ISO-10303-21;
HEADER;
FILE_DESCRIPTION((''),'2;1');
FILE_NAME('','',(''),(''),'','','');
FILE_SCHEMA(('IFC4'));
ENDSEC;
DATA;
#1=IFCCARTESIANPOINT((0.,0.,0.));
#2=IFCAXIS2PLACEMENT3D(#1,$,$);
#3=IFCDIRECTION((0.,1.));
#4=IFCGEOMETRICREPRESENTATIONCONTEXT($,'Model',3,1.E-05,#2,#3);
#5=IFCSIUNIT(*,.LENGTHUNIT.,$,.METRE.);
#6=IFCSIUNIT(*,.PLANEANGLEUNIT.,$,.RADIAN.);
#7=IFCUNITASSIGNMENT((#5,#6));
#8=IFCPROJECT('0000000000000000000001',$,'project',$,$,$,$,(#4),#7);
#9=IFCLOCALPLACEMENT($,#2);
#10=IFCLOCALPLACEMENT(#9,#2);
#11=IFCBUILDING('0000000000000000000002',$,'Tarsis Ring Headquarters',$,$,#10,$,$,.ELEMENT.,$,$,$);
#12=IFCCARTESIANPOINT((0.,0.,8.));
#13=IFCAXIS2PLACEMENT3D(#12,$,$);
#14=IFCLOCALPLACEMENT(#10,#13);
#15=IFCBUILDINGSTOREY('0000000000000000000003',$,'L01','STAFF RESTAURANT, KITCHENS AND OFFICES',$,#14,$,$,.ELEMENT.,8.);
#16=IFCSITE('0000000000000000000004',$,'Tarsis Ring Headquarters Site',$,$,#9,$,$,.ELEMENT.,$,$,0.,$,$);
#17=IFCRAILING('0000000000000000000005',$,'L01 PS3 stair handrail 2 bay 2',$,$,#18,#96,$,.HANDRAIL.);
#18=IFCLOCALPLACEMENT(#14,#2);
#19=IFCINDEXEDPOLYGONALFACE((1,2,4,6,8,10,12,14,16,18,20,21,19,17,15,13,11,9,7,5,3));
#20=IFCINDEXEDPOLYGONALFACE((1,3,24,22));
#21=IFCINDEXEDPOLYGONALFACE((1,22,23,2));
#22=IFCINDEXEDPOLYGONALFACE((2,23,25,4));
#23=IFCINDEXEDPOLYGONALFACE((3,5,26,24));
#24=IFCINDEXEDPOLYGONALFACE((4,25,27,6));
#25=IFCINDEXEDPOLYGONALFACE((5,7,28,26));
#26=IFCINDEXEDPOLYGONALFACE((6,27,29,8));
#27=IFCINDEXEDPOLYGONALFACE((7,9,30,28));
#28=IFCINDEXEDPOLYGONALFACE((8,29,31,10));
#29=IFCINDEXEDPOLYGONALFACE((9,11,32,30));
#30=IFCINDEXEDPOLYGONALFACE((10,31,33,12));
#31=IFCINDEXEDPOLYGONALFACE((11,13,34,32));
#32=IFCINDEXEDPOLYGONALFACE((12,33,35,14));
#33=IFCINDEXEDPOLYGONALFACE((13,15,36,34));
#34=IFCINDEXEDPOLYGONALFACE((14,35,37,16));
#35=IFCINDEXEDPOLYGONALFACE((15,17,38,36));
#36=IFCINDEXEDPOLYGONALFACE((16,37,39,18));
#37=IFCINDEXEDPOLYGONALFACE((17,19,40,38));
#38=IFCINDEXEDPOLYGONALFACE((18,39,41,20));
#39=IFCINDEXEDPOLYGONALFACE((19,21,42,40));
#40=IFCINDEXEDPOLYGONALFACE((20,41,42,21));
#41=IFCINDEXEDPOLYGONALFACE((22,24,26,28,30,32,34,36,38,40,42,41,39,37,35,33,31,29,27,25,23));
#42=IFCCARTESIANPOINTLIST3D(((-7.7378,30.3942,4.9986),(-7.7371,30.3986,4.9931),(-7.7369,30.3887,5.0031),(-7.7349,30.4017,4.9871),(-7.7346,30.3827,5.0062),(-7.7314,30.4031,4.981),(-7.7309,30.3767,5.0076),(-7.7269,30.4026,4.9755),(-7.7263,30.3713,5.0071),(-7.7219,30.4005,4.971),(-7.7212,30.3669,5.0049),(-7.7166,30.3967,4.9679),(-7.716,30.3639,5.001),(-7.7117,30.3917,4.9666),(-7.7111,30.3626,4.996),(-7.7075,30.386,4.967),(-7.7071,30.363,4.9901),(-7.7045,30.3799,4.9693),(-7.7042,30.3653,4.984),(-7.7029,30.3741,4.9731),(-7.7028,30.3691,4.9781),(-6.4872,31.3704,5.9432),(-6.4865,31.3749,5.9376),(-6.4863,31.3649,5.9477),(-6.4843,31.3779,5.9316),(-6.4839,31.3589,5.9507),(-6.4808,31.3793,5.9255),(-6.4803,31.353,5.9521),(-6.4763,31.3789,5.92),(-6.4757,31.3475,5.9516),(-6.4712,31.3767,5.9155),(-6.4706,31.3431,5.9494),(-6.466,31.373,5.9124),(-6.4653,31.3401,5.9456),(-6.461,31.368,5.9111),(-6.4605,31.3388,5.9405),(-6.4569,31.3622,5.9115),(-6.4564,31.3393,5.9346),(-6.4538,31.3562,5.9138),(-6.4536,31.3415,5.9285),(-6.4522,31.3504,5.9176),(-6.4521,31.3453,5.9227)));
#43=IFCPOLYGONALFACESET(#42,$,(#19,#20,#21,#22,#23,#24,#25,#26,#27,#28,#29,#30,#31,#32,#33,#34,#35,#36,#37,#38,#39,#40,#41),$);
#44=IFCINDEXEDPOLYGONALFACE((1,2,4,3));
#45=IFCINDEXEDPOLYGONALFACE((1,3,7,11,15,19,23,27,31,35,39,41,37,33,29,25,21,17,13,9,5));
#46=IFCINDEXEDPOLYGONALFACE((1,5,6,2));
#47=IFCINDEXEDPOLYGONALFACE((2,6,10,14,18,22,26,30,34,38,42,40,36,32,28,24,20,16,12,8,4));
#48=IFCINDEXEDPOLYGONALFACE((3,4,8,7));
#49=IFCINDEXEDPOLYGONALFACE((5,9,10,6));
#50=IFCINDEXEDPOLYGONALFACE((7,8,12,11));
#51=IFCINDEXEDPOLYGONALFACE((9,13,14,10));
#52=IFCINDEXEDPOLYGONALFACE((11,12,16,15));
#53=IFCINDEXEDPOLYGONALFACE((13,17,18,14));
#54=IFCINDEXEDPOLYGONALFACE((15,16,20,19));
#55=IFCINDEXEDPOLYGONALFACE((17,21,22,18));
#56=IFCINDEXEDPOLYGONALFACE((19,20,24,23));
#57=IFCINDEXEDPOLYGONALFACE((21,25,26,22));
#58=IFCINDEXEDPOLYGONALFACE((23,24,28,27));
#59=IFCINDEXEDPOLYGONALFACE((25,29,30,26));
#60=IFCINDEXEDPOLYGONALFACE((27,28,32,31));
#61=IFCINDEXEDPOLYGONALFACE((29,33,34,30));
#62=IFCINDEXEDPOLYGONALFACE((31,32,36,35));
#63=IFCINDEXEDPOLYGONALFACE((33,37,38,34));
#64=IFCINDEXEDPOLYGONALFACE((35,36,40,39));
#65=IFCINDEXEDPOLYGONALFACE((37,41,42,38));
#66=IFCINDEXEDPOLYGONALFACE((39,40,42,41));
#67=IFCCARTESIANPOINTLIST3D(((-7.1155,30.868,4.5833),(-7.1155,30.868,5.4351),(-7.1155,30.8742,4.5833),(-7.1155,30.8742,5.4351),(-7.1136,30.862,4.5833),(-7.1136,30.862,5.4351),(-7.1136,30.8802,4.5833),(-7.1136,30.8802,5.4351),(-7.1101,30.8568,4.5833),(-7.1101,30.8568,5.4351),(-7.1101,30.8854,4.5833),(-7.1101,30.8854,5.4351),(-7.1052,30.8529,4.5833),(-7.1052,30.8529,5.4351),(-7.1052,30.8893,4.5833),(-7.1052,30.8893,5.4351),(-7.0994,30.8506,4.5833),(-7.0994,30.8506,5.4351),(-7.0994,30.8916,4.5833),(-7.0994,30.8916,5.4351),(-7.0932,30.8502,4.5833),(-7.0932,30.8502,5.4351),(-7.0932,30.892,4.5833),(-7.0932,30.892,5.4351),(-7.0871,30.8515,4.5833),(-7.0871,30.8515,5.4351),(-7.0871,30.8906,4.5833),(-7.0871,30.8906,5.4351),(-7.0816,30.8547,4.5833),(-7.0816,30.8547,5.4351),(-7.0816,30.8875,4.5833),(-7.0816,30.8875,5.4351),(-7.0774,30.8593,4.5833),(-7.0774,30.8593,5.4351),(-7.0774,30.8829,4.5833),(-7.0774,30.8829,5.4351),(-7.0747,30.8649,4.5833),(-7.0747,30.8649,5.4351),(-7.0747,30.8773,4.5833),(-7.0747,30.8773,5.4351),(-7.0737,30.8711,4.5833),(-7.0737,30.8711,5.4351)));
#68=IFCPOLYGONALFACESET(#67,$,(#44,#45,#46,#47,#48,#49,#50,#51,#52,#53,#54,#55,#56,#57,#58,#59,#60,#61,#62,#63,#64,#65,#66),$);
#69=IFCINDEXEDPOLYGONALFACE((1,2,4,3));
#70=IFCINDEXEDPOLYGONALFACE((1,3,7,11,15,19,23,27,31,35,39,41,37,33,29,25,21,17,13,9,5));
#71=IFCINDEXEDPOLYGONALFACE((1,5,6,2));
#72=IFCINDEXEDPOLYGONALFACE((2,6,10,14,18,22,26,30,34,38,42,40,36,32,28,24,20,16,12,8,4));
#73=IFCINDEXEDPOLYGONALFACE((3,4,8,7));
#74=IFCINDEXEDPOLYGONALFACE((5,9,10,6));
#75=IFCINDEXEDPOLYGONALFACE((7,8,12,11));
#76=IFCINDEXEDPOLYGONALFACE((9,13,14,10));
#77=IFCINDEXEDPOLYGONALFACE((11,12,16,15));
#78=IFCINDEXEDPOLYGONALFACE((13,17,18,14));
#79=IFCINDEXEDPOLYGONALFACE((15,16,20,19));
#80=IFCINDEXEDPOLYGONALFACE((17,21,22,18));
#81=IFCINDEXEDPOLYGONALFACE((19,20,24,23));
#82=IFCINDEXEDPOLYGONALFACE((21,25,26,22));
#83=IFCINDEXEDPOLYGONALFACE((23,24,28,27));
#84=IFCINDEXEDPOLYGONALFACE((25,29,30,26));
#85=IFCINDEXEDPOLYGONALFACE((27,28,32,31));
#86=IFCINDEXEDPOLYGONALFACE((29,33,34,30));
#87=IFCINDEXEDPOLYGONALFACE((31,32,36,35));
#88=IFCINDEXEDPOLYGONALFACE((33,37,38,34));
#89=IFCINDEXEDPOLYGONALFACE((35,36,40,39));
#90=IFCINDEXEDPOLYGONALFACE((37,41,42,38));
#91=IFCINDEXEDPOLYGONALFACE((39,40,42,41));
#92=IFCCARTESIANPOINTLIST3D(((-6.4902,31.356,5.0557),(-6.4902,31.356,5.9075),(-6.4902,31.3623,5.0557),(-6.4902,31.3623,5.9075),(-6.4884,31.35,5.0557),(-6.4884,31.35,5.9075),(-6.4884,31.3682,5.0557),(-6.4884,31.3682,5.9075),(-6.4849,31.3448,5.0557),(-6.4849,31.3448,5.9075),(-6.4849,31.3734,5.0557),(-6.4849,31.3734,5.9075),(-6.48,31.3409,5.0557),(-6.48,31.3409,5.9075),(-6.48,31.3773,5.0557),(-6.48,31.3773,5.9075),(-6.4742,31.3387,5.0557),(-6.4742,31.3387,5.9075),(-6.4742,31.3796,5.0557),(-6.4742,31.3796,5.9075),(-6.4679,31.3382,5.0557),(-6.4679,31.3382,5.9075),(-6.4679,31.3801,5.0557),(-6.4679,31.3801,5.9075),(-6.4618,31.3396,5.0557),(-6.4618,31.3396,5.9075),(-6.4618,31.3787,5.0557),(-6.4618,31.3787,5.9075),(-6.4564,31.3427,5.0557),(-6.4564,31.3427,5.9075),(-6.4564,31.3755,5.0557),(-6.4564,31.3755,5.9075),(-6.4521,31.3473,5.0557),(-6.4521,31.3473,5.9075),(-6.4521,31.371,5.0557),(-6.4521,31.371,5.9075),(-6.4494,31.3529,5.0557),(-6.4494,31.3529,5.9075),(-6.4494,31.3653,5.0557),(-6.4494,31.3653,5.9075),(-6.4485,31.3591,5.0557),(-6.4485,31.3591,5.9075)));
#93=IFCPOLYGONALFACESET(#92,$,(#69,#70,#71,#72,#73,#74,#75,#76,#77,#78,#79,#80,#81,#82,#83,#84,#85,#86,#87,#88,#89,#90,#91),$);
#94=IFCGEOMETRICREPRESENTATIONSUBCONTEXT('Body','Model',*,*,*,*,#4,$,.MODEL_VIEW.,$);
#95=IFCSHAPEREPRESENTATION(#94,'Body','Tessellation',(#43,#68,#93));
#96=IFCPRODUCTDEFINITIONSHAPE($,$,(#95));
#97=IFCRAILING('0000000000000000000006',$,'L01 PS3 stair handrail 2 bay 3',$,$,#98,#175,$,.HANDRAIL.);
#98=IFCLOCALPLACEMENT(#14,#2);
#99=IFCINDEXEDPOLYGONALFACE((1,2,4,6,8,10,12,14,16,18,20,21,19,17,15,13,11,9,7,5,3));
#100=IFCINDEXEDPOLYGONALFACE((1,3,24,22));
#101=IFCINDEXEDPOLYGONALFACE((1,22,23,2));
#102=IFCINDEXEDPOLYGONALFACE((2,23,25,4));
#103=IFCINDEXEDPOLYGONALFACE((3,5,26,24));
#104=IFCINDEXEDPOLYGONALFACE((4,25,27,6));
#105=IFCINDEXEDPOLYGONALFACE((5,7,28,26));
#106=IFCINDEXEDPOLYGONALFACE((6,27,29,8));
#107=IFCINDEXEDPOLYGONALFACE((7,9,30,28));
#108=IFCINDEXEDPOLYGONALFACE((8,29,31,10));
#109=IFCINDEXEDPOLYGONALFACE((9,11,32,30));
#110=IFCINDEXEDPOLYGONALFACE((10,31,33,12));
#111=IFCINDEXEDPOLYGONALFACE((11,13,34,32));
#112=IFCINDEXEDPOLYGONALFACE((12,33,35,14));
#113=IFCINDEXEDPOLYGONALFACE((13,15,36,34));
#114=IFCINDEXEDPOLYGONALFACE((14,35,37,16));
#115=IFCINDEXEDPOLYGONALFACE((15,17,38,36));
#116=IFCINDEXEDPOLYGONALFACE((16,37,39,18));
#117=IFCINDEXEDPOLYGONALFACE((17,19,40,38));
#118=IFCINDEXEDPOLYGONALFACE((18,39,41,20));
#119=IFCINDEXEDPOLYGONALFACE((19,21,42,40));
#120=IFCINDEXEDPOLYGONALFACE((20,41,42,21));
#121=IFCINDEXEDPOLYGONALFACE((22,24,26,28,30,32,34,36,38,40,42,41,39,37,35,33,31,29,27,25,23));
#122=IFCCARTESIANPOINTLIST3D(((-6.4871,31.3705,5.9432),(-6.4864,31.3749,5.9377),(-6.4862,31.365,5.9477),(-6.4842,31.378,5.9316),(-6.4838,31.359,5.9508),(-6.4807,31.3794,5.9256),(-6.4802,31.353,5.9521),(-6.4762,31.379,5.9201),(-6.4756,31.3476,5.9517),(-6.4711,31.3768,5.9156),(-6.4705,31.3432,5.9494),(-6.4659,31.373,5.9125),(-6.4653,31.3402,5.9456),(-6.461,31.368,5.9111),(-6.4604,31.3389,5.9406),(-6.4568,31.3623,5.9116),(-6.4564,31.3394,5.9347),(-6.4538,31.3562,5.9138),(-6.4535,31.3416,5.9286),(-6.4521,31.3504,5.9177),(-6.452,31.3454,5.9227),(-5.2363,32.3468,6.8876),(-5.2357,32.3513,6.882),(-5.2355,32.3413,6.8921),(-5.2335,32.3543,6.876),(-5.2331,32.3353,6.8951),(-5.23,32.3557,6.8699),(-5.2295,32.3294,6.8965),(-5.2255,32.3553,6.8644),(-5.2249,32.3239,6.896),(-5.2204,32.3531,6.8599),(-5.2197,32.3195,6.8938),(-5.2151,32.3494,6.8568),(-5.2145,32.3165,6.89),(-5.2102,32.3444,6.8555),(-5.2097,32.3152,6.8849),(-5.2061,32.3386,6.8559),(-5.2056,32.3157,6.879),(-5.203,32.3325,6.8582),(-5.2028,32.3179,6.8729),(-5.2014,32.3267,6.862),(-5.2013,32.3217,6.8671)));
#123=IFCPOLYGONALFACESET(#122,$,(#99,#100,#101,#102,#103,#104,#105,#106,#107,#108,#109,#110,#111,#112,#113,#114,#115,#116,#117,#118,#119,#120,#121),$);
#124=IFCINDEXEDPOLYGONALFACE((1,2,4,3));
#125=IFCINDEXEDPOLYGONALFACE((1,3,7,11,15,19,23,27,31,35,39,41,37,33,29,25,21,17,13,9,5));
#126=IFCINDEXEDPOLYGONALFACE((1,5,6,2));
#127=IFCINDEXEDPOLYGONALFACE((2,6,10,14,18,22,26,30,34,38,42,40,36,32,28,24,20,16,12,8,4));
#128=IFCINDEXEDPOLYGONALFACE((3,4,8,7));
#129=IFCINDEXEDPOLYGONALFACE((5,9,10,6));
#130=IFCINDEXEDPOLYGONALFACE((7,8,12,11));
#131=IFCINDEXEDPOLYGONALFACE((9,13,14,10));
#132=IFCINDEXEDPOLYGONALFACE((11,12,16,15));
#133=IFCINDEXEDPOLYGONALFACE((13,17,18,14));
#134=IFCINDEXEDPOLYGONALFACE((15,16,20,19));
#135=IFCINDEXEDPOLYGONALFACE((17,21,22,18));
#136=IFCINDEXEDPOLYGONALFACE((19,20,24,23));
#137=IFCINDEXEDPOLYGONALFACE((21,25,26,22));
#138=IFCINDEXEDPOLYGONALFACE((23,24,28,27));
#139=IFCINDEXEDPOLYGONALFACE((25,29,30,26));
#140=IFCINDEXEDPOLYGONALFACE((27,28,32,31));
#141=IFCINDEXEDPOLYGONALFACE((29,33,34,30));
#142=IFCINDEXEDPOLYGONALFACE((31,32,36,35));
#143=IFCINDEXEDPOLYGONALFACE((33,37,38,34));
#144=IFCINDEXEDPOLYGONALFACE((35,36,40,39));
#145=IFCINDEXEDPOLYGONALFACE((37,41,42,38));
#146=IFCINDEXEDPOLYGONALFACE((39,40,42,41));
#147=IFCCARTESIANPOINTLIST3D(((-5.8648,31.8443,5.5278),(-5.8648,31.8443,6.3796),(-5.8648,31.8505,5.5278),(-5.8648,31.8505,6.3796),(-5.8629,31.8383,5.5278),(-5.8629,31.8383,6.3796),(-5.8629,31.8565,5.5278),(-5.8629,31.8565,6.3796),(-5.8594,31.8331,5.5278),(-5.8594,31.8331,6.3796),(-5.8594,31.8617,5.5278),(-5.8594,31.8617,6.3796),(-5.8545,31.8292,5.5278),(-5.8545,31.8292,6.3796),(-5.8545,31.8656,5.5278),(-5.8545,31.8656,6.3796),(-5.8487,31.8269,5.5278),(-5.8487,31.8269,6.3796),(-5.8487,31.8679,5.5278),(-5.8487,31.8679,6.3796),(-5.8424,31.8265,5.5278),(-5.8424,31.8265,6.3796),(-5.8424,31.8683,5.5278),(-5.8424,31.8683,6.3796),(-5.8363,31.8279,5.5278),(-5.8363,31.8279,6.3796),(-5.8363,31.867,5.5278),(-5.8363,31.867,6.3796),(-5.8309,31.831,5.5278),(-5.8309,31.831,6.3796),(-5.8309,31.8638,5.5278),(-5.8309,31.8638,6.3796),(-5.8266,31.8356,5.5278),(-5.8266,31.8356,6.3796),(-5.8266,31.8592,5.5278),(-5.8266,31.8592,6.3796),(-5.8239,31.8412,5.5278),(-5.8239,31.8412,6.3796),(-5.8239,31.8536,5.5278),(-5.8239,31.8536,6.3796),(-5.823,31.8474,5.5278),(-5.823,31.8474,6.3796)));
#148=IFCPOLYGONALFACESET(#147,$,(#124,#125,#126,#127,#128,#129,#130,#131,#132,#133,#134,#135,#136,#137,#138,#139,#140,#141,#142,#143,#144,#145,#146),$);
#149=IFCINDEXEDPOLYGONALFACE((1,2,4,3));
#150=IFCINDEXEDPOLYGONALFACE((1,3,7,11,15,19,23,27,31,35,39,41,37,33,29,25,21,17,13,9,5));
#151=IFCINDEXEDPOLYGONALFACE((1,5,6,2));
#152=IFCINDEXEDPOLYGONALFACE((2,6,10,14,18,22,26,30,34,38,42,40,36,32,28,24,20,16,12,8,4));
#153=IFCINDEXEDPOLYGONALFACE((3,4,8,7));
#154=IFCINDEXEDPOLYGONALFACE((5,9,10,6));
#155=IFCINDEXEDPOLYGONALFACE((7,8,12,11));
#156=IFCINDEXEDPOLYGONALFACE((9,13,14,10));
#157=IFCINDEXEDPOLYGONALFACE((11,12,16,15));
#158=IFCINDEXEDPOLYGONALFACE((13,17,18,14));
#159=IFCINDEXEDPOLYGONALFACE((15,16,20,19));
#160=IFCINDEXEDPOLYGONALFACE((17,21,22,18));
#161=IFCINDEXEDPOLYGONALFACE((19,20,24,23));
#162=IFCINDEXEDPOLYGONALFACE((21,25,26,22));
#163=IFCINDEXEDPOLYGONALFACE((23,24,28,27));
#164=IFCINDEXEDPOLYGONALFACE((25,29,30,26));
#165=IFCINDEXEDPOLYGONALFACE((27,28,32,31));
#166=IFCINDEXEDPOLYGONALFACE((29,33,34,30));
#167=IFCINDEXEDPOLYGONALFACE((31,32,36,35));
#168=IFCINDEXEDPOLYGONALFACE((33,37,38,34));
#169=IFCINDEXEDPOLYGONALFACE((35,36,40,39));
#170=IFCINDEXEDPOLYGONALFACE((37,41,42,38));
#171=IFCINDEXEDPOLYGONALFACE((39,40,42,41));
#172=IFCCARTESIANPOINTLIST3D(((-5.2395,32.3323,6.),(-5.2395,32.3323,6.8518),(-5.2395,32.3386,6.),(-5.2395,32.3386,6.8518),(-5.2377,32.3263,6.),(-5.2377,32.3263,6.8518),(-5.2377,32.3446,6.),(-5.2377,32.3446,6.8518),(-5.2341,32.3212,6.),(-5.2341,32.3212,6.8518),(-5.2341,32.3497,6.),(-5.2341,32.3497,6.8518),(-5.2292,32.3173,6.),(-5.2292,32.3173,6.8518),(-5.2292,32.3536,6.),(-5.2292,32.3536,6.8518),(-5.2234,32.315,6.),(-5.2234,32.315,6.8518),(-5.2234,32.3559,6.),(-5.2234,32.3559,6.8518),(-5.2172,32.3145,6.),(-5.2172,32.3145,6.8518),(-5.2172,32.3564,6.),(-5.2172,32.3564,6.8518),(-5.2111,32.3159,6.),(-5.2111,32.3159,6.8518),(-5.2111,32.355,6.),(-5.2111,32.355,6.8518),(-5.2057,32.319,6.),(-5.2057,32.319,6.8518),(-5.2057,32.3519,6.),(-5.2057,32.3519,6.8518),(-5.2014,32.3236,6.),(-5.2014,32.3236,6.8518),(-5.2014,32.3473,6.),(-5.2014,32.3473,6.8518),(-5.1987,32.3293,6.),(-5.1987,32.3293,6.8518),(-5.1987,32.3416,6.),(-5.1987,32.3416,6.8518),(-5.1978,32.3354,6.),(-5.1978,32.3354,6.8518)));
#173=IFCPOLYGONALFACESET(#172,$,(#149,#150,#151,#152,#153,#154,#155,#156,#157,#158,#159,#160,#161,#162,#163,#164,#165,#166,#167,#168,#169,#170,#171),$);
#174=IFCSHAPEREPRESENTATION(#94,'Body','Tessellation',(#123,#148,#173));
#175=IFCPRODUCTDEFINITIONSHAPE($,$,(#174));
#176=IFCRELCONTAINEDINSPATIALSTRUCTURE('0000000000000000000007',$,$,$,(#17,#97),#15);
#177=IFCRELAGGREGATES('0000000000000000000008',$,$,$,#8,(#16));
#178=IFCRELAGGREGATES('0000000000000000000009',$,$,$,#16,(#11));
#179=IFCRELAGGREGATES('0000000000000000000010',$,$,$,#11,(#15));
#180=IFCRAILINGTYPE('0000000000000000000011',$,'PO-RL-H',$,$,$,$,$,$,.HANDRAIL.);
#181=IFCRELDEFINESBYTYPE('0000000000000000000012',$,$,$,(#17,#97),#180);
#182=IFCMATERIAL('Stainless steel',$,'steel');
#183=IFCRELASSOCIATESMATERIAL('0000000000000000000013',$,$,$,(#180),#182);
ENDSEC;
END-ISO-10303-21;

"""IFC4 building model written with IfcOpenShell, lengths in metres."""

from ifc_helpers import new_model, si_unit, direction, frame, origin, origin_2d, place, context, subcontext, project, spatial, circle, extrude, material, type_object, element, save


model = new_model("IFC4")

# Units and contexts
model_context = context("Model", 3, precision=1e-05, world=origin(), true_north=direction((0.0, 1.0)))
body_context = subcontext(model_context, "Body", "Model", "MODEL_VIEW")
ifc_project = project(units=[si_unit("LENGTHUNIT", "METRE"), si_unit("PLANEANGLEUNIT", "RADIAN")], contexts=[model_context])

# Site, building, storey
site_placement = place(None, origin())
site = spatial("IfcSite", under=ifc_project, at=site_placement, Name="Tarsis Ring Headquarters Site", CompositionType="ELEMENT", RefElevation=0.0)
building_placement = place(site_placement, origin())
building = spatial("IfcBuilding", under=site, at=building_placement, Name="Tarsis Ring Headquarters", CompositionType="ELEMENT")
storey_placement = place(building_placement, frame((0.0, 0.0, 8.0)))
storey = spatial("IfcBuildingStorey", under=building, at=storey_placement, Name="L01", Description="STAFF RESTAURANT, KITCHENS AND OFFICES", CompositionType="ELEMENT", Elevation=8.0)

# Railings
ifc_material_1 = material(Name="Stainless steel", Category="steel")
railing_type_1 = type_object("IfcRailingType", Name="PO-RL-H", PredefinedType="HANDRAIL", material=ifc_material_1)
railing_1_placement = place(storey_placement, frame((-7.7202, 30.3828, 4.1111)))
element("IfcRailing", 1, at=railing_1_placement, inside=storey, type_object=railing_type_1, Name="L01 PS3 stair handrail 2 bay 2", PredefinedType="HANDRAIL", context=body_context, shape_type="SweptSolid", body=[
    extrude(circle(Radius=0.0239, at=origin_2d()), frame((0.0, 0.0, 0.876), z_axis=(0.677333, 0.528725, 0.511537), x_axis=(-0.615324, 0.788274, 0.0)), (0.0, 0.0, 1.0), 1.8464),
    extrude(circle(Radius=0.021, at=origin_2d()), frame((0.6255, 0.4883, 0.4722)), (0.0, 0.0, 1.0), 0.8518),
    extrude(circle(Radius=0.021, at=origin_2d()), frame((1.2507, 0.9763, 0.9446)), (0.0, 0.0, 1.0), 0.8518),
])
railing_2_placement = place(storey_placement, frame((-6.4695, 31.3591, 5.0557)))
element("IfcRailing", 2, at=railing_2_placement, inside=storey, type_object=railing_type_1, Name="L01 PS3 stair handrail 2 bay 3", PredefinedType="HANDRAIL", context=body_context, shape_type="SweptSolid", body=[
    extrude(circle(Radius=0.0239, at=origin_2d()), frame((0.0, 0.0, 0.876), z_axis=(0.677379, 0.52876, 0.511439), x_axis=(-0.615324, 0.788274, 0.0)), (0.0, 0.0, 1.0), 1.8464),
    extrude(circle(Radius=0.021, at=origin_2d()), frame((0.6255, 0.4883, 0.4722)), (0.0, 0.0, 1.0), 0.8518),
    extrude(circle(Radius=0.021, at=origin_2d()), frame((1.2507, 0.9763, 0.9443)), (0.0, 0.0, 1.0), 0.8518),
])

save(model, "model.ifc")
